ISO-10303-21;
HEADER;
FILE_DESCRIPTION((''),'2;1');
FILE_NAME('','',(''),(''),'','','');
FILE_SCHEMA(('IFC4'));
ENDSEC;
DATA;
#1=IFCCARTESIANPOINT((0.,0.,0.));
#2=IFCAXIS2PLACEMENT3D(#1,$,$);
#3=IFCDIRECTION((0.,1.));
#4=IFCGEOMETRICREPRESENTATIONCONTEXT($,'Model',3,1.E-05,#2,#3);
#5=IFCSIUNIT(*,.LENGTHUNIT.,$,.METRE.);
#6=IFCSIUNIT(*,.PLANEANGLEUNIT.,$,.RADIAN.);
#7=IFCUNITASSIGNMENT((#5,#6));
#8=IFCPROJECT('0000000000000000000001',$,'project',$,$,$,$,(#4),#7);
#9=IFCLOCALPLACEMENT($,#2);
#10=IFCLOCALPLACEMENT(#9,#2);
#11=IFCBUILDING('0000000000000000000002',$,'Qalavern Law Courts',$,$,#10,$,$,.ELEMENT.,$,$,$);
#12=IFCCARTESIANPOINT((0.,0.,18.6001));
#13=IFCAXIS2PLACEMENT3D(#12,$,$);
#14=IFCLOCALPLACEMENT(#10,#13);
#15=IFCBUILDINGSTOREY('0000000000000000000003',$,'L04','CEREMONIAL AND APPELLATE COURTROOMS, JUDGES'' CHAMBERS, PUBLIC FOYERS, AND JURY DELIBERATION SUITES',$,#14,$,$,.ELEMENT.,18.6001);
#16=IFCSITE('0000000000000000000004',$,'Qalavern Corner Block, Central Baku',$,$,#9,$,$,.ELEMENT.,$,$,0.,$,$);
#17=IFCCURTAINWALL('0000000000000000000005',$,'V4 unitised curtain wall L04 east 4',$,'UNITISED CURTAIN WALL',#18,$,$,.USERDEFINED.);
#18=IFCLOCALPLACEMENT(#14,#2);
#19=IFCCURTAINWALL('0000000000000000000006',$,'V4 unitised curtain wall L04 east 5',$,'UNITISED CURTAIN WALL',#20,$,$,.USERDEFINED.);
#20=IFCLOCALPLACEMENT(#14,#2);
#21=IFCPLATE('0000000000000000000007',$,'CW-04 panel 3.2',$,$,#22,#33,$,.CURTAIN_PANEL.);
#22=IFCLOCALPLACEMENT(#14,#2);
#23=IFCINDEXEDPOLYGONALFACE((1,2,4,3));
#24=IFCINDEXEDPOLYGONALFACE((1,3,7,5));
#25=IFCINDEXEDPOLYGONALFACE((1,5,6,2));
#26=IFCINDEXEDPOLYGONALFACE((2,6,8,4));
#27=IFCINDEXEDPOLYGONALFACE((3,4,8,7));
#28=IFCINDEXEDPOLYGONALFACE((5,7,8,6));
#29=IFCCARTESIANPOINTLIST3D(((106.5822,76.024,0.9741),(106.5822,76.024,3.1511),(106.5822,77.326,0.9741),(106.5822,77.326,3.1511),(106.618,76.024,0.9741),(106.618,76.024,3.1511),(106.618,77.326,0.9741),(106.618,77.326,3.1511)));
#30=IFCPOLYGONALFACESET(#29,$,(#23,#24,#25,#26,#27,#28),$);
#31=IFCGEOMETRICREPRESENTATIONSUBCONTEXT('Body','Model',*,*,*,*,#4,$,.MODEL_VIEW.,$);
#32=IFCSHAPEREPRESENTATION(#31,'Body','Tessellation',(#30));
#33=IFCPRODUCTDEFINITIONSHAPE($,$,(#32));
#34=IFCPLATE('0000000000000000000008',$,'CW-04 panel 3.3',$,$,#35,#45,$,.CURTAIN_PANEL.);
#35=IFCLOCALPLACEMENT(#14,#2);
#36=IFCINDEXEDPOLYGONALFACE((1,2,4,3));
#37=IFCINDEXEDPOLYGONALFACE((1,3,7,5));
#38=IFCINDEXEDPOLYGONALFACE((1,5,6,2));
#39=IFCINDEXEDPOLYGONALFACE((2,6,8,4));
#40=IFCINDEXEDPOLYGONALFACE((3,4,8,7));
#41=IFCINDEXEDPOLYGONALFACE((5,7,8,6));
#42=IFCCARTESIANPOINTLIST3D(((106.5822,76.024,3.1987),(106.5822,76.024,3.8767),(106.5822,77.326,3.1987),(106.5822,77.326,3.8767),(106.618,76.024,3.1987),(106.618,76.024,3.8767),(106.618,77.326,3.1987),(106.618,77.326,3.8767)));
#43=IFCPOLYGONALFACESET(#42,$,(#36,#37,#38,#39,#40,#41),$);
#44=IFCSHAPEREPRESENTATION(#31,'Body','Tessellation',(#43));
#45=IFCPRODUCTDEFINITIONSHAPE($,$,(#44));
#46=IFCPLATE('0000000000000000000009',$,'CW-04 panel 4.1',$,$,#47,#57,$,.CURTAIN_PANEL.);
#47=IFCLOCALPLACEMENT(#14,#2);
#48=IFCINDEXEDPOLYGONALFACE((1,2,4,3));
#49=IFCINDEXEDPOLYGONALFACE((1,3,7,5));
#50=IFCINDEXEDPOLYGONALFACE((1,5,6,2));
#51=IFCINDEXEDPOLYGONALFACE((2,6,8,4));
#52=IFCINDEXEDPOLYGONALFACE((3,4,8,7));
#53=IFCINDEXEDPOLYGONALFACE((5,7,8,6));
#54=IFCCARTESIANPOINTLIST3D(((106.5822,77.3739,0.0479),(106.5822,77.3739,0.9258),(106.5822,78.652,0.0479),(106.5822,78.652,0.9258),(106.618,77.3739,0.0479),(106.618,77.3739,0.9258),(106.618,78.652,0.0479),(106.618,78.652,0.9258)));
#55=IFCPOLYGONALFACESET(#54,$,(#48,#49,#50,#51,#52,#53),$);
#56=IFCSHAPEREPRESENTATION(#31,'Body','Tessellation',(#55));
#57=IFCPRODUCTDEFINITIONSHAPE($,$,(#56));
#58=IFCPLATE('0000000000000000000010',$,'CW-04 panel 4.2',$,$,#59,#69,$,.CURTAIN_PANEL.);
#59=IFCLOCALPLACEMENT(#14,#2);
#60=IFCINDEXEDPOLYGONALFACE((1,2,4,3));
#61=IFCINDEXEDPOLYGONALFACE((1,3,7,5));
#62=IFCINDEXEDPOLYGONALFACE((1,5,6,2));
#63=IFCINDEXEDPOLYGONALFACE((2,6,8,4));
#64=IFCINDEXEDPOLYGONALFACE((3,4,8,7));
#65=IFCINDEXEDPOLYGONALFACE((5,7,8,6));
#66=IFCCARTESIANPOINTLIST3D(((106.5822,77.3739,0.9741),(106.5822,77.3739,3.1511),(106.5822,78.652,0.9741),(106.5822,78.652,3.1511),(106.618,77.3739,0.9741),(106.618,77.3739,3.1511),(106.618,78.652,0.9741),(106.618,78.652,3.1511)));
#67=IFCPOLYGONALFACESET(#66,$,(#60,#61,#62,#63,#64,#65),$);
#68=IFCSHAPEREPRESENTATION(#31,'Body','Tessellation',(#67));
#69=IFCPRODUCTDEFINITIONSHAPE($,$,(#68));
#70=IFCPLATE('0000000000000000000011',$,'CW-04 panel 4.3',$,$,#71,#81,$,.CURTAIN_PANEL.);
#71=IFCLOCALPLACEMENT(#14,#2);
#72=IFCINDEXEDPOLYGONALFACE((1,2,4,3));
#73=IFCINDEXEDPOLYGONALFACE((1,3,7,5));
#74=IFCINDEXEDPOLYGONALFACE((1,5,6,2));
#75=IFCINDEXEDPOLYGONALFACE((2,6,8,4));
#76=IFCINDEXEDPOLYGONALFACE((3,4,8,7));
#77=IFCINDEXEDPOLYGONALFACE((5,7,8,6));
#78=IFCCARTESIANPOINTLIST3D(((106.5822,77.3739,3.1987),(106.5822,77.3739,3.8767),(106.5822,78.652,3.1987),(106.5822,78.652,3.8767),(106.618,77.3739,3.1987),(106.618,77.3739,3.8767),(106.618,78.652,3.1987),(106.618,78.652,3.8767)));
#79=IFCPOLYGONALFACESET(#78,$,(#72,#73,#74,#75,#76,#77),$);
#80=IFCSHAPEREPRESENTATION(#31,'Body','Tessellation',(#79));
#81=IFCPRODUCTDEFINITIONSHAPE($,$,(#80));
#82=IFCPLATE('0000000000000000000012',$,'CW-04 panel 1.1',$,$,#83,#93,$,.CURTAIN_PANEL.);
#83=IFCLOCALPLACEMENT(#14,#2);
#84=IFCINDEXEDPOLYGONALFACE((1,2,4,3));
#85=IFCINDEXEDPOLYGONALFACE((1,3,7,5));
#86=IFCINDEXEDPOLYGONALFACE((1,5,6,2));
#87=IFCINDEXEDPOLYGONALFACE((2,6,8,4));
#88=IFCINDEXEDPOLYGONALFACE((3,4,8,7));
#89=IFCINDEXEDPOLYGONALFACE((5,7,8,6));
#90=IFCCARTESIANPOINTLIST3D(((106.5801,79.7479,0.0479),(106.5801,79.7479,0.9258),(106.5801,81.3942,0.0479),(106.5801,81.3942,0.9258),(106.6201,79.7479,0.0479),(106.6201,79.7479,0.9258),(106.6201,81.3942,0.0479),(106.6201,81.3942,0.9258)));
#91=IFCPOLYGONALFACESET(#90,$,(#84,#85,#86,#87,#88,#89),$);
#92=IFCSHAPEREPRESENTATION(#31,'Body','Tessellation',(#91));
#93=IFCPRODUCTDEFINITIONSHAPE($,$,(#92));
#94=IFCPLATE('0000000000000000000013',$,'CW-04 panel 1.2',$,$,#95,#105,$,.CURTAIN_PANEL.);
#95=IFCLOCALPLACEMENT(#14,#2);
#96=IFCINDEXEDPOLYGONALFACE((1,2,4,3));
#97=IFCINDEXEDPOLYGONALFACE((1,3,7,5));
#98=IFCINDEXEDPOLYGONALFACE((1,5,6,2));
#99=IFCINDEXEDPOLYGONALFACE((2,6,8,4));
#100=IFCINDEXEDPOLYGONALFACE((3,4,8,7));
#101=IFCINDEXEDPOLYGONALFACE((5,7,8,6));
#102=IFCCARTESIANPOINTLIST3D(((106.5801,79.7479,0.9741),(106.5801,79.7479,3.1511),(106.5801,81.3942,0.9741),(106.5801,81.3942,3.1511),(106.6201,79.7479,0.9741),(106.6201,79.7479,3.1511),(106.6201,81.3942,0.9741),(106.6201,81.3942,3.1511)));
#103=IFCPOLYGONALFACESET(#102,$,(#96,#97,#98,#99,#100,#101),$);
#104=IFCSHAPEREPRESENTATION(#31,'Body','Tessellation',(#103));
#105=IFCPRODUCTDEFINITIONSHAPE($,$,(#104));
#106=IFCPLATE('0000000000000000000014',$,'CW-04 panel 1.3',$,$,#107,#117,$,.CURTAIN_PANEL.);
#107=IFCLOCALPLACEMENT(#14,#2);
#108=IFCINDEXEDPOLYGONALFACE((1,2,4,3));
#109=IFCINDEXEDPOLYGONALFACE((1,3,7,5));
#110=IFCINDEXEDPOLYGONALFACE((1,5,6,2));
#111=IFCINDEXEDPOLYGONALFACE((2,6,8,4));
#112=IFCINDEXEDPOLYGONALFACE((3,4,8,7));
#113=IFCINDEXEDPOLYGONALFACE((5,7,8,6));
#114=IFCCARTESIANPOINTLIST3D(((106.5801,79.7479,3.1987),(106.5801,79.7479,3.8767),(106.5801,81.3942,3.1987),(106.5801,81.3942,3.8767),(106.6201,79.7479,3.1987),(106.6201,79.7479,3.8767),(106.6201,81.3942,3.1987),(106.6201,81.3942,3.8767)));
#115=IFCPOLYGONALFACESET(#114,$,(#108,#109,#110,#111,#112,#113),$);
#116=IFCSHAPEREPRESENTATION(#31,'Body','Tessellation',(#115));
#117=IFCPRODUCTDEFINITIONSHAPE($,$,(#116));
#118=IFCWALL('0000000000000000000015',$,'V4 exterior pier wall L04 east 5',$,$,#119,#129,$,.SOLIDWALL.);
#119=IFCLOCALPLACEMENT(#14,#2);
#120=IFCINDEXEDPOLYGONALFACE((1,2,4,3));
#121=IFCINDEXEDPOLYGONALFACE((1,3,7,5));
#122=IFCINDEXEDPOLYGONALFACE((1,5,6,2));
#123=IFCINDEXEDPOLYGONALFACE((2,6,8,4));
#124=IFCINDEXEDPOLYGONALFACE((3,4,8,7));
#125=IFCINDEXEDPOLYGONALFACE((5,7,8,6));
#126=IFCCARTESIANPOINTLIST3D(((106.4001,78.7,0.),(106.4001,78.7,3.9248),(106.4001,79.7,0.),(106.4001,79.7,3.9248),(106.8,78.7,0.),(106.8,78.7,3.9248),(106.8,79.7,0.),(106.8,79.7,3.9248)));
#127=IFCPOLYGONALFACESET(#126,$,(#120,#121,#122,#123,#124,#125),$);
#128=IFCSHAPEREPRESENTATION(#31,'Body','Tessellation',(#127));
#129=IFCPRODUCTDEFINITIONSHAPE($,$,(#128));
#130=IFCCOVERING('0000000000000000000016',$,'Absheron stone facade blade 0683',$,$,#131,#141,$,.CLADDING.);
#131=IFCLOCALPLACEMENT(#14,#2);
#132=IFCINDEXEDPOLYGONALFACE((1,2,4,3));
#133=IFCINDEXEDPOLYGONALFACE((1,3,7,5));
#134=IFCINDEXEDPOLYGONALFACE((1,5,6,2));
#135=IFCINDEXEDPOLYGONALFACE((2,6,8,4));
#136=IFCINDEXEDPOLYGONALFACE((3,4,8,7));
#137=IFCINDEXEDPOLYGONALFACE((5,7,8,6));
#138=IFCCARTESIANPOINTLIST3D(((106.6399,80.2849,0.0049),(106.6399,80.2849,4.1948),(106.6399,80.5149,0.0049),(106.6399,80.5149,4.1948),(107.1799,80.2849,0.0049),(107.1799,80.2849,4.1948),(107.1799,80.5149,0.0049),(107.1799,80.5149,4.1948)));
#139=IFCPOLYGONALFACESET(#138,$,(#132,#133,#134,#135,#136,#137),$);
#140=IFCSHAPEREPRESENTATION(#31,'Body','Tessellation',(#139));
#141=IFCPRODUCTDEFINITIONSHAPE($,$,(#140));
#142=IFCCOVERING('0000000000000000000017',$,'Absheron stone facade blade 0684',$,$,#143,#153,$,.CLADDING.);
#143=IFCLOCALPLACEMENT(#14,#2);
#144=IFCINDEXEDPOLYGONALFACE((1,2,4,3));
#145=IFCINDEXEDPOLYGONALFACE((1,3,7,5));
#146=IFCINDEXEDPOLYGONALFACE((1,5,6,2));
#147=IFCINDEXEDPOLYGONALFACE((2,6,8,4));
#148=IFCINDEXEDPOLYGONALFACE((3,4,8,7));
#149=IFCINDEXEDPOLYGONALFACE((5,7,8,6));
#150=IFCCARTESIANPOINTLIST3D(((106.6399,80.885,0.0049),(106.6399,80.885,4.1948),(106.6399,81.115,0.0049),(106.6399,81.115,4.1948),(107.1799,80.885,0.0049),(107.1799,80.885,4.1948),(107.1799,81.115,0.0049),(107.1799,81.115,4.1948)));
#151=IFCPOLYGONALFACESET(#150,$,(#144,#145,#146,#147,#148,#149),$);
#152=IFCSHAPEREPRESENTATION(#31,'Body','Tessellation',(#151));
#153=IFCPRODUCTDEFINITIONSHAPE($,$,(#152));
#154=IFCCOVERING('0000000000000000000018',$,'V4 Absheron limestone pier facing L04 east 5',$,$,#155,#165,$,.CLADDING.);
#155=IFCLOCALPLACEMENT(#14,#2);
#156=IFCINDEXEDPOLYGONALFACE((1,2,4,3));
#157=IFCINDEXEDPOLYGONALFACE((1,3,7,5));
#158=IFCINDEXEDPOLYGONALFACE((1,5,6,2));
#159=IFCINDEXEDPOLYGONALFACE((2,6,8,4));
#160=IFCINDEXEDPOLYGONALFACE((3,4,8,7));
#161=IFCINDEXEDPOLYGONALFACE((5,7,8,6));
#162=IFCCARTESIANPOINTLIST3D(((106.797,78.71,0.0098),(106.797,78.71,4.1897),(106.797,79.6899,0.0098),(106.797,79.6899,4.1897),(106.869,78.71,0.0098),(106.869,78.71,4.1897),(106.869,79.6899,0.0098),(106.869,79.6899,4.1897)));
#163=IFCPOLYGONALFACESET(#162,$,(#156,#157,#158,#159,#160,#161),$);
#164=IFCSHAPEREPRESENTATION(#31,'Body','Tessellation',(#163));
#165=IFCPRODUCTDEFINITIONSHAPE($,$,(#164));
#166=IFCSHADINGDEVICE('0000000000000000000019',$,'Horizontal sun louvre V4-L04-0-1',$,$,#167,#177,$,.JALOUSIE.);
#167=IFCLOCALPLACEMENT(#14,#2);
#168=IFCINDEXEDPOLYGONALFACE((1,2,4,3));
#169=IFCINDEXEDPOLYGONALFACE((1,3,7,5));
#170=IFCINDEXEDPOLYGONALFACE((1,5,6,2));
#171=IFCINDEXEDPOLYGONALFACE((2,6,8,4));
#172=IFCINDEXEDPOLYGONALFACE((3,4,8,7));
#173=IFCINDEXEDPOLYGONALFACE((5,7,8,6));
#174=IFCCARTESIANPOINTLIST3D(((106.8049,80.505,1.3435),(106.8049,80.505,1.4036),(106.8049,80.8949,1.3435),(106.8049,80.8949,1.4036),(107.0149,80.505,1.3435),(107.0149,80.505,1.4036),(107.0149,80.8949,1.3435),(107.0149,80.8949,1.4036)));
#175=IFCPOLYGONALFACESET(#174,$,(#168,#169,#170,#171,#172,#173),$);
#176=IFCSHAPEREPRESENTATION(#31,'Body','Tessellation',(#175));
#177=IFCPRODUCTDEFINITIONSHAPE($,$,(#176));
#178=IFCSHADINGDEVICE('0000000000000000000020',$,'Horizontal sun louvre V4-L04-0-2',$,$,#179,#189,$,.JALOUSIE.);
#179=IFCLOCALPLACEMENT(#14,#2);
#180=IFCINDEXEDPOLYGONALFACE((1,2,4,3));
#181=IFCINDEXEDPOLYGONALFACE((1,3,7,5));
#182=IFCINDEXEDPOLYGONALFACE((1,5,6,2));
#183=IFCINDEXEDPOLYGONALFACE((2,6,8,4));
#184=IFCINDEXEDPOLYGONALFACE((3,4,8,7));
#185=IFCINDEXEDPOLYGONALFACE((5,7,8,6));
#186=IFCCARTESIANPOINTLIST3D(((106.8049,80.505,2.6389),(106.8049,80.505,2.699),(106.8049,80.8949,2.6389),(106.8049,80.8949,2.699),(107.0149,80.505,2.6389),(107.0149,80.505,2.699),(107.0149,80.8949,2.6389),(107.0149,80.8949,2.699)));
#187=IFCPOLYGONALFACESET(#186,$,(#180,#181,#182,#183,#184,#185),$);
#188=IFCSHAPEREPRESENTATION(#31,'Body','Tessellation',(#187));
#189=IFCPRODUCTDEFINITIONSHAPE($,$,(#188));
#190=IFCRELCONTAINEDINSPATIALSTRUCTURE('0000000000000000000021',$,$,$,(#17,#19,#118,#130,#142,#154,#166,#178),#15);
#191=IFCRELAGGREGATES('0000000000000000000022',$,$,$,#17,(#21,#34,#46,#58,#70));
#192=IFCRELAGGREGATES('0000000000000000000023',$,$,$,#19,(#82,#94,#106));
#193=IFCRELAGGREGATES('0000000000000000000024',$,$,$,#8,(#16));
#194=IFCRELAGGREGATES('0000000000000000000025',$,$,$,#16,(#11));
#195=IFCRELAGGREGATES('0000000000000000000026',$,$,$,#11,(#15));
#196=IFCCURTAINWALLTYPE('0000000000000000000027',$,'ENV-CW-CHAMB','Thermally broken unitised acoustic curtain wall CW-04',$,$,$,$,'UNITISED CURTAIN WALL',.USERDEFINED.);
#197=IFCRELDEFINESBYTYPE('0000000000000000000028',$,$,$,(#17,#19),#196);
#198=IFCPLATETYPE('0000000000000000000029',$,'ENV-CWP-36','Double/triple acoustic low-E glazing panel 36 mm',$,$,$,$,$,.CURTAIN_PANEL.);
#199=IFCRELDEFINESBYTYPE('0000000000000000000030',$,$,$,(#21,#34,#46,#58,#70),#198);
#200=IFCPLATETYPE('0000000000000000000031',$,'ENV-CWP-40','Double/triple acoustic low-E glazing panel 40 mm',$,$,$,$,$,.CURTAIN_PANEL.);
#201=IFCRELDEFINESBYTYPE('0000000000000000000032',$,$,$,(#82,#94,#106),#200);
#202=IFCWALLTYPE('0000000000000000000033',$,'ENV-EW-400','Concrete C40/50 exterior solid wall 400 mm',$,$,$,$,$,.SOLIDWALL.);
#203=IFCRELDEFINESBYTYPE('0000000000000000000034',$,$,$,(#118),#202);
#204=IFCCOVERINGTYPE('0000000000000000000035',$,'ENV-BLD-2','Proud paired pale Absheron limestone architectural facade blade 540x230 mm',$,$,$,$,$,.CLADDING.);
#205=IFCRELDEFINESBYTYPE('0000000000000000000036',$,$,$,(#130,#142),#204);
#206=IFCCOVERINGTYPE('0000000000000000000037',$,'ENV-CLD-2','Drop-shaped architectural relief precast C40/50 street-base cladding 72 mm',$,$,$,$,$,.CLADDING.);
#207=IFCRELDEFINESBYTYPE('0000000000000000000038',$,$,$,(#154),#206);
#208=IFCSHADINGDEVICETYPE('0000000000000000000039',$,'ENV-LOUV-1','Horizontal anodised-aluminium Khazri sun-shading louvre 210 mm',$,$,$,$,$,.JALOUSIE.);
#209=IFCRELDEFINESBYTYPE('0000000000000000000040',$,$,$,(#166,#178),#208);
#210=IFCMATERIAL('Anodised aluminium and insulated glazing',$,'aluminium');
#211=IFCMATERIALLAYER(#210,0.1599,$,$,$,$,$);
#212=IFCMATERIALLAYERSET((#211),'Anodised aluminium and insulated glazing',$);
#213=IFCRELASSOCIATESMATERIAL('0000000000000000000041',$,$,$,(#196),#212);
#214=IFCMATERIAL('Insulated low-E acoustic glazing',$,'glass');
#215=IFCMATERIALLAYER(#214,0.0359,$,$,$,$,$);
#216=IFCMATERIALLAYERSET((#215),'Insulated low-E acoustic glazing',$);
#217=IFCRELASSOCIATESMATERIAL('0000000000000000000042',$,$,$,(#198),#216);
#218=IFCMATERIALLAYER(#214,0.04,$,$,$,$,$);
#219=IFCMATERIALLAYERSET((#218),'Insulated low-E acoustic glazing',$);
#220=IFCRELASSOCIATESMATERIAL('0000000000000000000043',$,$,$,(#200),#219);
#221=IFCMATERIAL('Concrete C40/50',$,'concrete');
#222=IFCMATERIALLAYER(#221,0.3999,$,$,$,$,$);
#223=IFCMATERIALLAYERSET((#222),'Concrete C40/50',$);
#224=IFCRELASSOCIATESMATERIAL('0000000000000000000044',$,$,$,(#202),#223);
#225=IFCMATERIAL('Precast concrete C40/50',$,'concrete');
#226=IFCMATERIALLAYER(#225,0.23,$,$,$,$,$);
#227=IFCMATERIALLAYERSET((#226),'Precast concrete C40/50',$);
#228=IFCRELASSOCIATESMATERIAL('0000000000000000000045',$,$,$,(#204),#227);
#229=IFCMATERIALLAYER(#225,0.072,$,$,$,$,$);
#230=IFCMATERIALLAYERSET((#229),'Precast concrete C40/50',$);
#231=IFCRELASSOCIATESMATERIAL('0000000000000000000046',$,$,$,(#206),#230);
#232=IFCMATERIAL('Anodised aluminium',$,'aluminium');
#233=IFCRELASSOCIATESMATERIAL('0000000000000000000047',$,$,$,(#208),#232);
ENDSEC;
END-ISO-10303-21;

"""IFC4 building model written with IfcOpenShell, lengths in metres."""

from ifc_helpers import new_model, si_unit, direction, frame, frame_2d, origin, origin_2d, place, context, subcontext, project, spatial, rectangle, extrude, material, layer, layer_set, type_object, element, aggregate, save


model = new_model("IFC4")

# Units and contexts
model_context = context("Model", 3, precision=1e-05, world=origin(), true_north=direction((0.0, 1.0)))
body_context = subcontext(model_context, "Body", "Model", "MODEL_VIEW")
ifc_project = project(units=[si_unit("LENGTHUNIT", "METRE"), si_unit("PLANEANGLEUNIT", "RADIAN")], contexts=[model_context])

# Site, building, storey
site_placement = place(None, origin())
site = spatial("IfcSite", under=ifc_project, at=site_placement, Name="Qalavern Corner Block, Central Baku", CompositionType="ELEMENT", RefElevation=0.0)
building_placement = place(site_placement, origin())
building = spatial("IfcBuilding", under=site, at=building_placement, Name="Qalavern Law Courts", CompositionType="ELEMENT")
storey_placement = place(building_placement, frame((0.0, 0.0, 18.6001)))
storey = spatial("IfcBuildingStorey", under=building, at=storey_placement, Name="L04", Description="CEREMONIAL AND APPELLATE COURTROOMS, JUDGES' CHAMBERS, PUBLIC FOYERS, AND JURY DELIBERATION SUITES", CompositionType="ELEMENT", Elevation=18.6001)

# Curtain walls
ifc_material_1 = material(Name="Anodised aluminium and insulated glazing", Category="aluminium")
ifc_layer_1 = layer(ifc_material_1, 0.1599)
ifc_layer_set_1 = layer_set([ifc_layer_1], Name="Anodised aluminium and insulated glazing")
curtain_wall_type = type_object("IfcCurtainWallType", Name="ENV-CW-CHAMB", Description="Thermally broken unitised acoustic curtain wall CW-04", ElementType="UNITISED CURTAIN WALL", PredefinedType="USERDEFINED", material=ifc_layer_set_1)
curtain_wall_1_placement = place(storey_placement, origin())
curtain_wall_1 = element("IfcCurtainWall", 1, at=curtain_wall_1_placement, inside=storey, type_object=curtain_wall_type, Name="V4 unitised curtain wall L04 east 4", ObjectType="UNITISED CURTAIN WALL", PredefinedType="USERDEFINED")
ifc_material_2 = material(Name="Anodised aluminium", Category="aluminium")
curtain_wall_2_placement = place(storey_placement, origin())
curtain_wall_2 = element("IfcCurtainWall", 2, at=curtain_wall_2_placement, inside=storey, type_object=curtain_wall_type, Name="V4 unitised curtain wall L04 east 5", ObjectType="UNITISED CURTAIN WALL", PredefinedType="USERDEFINED")

# Plates
ifc_material_3 = material(Name="Insulated low-E acoustic glazing", Category="glass")
ifc_layer_2 = layer(ifc_material_3, 0.0359)
ifc_layer_set_2 = layer_set([ifc_layer_2], Name="Insulated low-E acoustic glazing")
plate_type_1 = type_object("IfcPlateType", Name="ENV-CWP-36", Description="Double/triple acoustic low-E glazing panel 36 mm", PredefinedType="CURTAIN_PANEL", material=ifc_layer_set_2)
plate_1_placement = place(storey_placement, frame((106.6001, 76.675, 0.9741), z_axis=(0.0, 0.0, 1.0), x_axis=(0.0, 1.0, 0.0)))
plate_1 = element("IfcPlate", 3, at=plate_1_placement, type_object=plate_type_1, Name="CW-04 panel 3.2", PredefinedType="CURTAIN_PANEL", context=body_context, shape_type="SweptSolid", body=[
    extrude(rectangle(XDim=1.302, YDim=0.0359, at=origin_2d()), origin(), (0.0, 0.0, 1.0), 2.177),
])
plate_2_placement = place(storey_placement, frame((106.6001, 76.675, 3.1987), z_axis=(0.0, 0.0, 1.0), x_axis=(0.0, 1.0, 0.0)))
plate_2 = element("IfcPlate", 4, at=plate_2_placement, type_object=plate_type_1, Name="CW-04 panel 3.3", PredefinedType="CURTAIN_PANEL", context=body_context, shape_type="SweptSolid", body=[
    extrude(rectangle(XDim=1.302, YDim=0.0359, at=origin_2d()), origin(), (0.0, 0.0, 1.0), 0.678),
])
plate_3_placement = place(storey_placement, frame((106.6001, 78.0129, 0.0479), z_axis=(0.0, 0.0, 1.0), x_axis=(0.0, 1.0, 0.0)))
plate_3 = element("IfcPlate", 5, at=plate_3_placement, type_object=plate_type_1, Name="CW-04 panel 4.1", PredefinedType="CURTAIN_PANEL", context=body_context, shape_type="SweptSolid", body=[
    extrude(rectangle(XDim=1.2781, YDim=0.0359, at=origin_2d()), origin(), (0.0, 0.0, 1.0), 0.8779),
])
plate_4_placement = place(storey_placement, frame((106.6001, 78.0129, 0.9741), z_axis=(0.0, 0.0, 1.0), x_axis=(0.0, 1.0, 0.0)))
plate_4 = element("IfcPlate", 6, at=plate_4_placement, type_object=plate_type_1, Name="CW-04 panel 4.2", PredefinedType="CURTAIN_PANEL", context=body_context, shape_type="SweptSolid", body=[
    extrude(rectangle(XDim=1.2781, YDim=0.0359, at=origin_2d()), origin(), (0.0, 0.0, 1.0), 2.177),
])
plate_5_placement = place(storey_placement, frame((106.6001, 78.0129, 3.1987), z_axis=(0.0, 0.0, 1.0), x_axis=(0.0, 1.0, 0.0)))
plate_5 = element("IfcPlate", 7, at=plate_5_placement, type_object=plate_type_1, Name="CW-04 panel 4.3", PredefinedType="CURTAIN_PANEL", context=body_context, shape_type="SweptSolid", body=[
    extrude(rectangle(XDim=1.2781, YDim=0.0359, at=origin_2d()), origin(), (0.0, 0.0, 1.0), 0.678),
])
aggregate(curtain_wall_1, [plate_1, plate_2, plate_3, plate_4, plate_5])
ifc_layer_3 = layer(ifc_material_3, 0.04)
ifc_layer_set_3 = layer_set([ifc_layer_3], Name="Insulated low-E acoustic glazing")
plate_type_2 = type_object("IfcPlateType", Name="ENV-CWP-40", Description="Double/triple acoustic low-E glazing panel 40 mm", PredefinedType="CURTAIN_PANEL", material=ifc_layer_set_3)
plate_6_placement = place(storey_placement, frame((106.6001, 80.571, 0.0479), z_axis=(0.0, 0.0, 1.0), x_axis=(0.0, 1.0, 0.0)))
plate_6 = element("IfcPlate", 8, at=plate_6_placement, type_object=plate_type_2, Name="CW-04 panel 1.1", PredefinedType="CURTAIN_PANEL", context=body_context, shape_type="SweptSolid", body=[
    extrude(rectangle(XDim=1.6462, YDim=0.04, at=origin_2d()), origin(), (0.0, 0.0, 1.0), 0.8779),
])
plate_7_placement = place(storey_placement, frame((106.6001, 80.571, 0.9741), z_axis=(0.0, 0.0, 1.0), x_axis=(0.0, 1.0, 0.0)))
plate_7 = element("IfcPlate", 9, at=plate_7_placement, type_object=plate_type_2, Name="CW-04 panel 1.2", PredefinedType="CURTAIN_PANEL", context=body_context, shape_type="SweptSolid", body=[
    extrude(rectangle(XDim=1.6462, YDim=0.04, at=origin_2d()), origin(), (0.0, 0.0, 1.0), 2.177),
])
plate_8_placement = place(storey_placement, frame((106.6001, 80.571, 3.1987), z_axis=(0.0, 0.0, 1.0), x_axis=(0.0, 1.0, 0.0)))
plate_8 = element("IfcPlate", 10, at=plate_8_placement, type_object=plate_type_2, Name="CW-04 panel 1.3", PredefinedType="CURTAIN_PANEL", context=body_context, shape_type="SweptSolid", body=[
    extrude(rectangle(XDim=1.6462, YDim=0.04, at=origin_2d()), origin(), (0.0, 0.0, 1.0), 0.678),
])
aggregate(curtain_wall_2, [plate_6, plate_7, plate_8])

# Wall
ifc_material_4 = material(Name="Concrete C40/50", Category="concrete")
ifc_layer_4 = layer(ifc_material_4, 0.3999)
ifc_layer_set_4 = layer_set([ifc_layer_4], Name="Concrete C40/50")
wall_type = type_object("IfcWallType", Name="ENV-EW-400", Description="Concrete C40/50 exterior solid wall 400 mm", PredefinedType="SOLIDWALL", material=ifc_layer_set_4)
wall_placement = place(storey_placement, frame((106.6001, 78.7, 0.0), z_axis=(0.0, 0.0, 1.0), x_axis=(0.0, 1.0, 0.0)))
element("IfcWall", 11, at=wall_placement, inside=storey, type_object=wall_type, Name="V4 exterior pier wall L04 east 5", PredefinedType="SOLIDWALL", context=body_context, shape_type="SweptSolid", body=[
    extrude(rectangle(XDim=1.0, YDim=0.3999, at=frame_2d((0.5, 0.0))), origin(), (0.0, 0.0, 1.0), 3.9248),
])

# Coverings
ifc_material_5 = material(Name="Precast concrete C40/50", Category="concrete")
ifc_layer_5 = layer(ifc_material_5, 0.23)
ifc_layer_set_5 = layer_set([ifc_layer_5], Name="Precast concrete C40/50")
covering_type_1 = type_object("IfcCoveringType", Name="ENV-BLD-2", Description="Proud paired pale Absheron limestone architectural facade blade 540x230 mm", PredefinedType="CLADDING", material=ifc_layer_set_5)
for number, where, z_axis, x_axis, name in (
    (12, (106.9099, 80.3999, 0.0049), (0.0, 0.0, 1.0), (1.0, 0.0, 0.0), "Absheron stone facade blade 0683"),
    (13, (106.9099, 81.0, 0.0049), (0.0, 0.0, 1.0), (1.0, 0.0, 0.0), "Absheron stone facade blade 0684"),
):
    element("IfcCovering", number, at=place(storey_placement, frame(where, z_axis=z_axis, x_axis=x_axis)), inside=storey, type_object=covering_type_1, Name=name, PredefinedType="CLADDING", context=body_context, shape_type="SweptSolid", body=[
        extrude(rectangle(XDim=0.54, YDim=0.23, at=origin_2d()), origin(), (0.0, 0.0, 1.0), 4.1899),
    ])
ifc_layer_6 = layer(ifc_material_5, 0.072)
ifc_layer_set_6 = layer_set([ifc_layer_6], Name="Precast concrete C40/50")
covering_type_2 = type_object("IfcCoveringType", Name="ENV-CLD-2", Description="Drop-shaped architectural relief precast C40/50 street-base cladding 72 mm", PredefinedType="CLADDING", material=ifc_layer_set_6)
covering_placement = place(storey_placement, frame((106.833, 79.2, 0.0098), z_axis=(0.0, 0.0, 1.0), x_axis=(0.0, 1.0, 0.0)))
element("IfcCovering", 14, at=covering_placement, inside=storey, type_object=covering_type_2, Name="V4 Absheron limestone pier facing L04 east 5", PredefinedType="CLADDING", context=body_context, shape_type="SweptSolid", body=[
    extrude(rectangle(XDim=0.98, YDim=0.072, at=origin_2d()), origin(), (0.0, 0.0, 1.0), 4.1799),
])

# Shading devices
shading_device_type = type_object("IfcShadingDeviceType", Name="ENV-LOUV-1", Description="Horizontal anodised-aluminium Khazri sun-shading louvre 210 mm", PredefinedType="JALOUSIE", material=ifc_material_2)
for number, where, z_axis, x_axis, name in (
    (15, (106.9099, 80.7, 1.3435), (0.0, 0.0, 1.0), (0.0, 1.0, 0.0), "Horizontal sun louvre V4-L04-0-1"),
    (16, (106.9099, 80.7, 2.6389), (0.0, 0.0, 1.0), (0.0, 1.0, 0.0), "Horizontal sun louvre V4-L04-0-2"),
):
    element("IfcShadingDevice", number, at=place(storey_placement, frame(where, z_axis=z_axis, x_axis=x_axis)), inside=storey, type_object=shading_device_type, Name=name, PredefinedType="JALOUSIE", context=body_context, shape_type="SweptSolid", body=[
        extrude(rectangle(XDim=0.3899, YDim=0.21, at=origin_2d()), origin(), (0.0, 0.0, 1.0), 0.0601),
    ])

save(model, "model.ifc")
